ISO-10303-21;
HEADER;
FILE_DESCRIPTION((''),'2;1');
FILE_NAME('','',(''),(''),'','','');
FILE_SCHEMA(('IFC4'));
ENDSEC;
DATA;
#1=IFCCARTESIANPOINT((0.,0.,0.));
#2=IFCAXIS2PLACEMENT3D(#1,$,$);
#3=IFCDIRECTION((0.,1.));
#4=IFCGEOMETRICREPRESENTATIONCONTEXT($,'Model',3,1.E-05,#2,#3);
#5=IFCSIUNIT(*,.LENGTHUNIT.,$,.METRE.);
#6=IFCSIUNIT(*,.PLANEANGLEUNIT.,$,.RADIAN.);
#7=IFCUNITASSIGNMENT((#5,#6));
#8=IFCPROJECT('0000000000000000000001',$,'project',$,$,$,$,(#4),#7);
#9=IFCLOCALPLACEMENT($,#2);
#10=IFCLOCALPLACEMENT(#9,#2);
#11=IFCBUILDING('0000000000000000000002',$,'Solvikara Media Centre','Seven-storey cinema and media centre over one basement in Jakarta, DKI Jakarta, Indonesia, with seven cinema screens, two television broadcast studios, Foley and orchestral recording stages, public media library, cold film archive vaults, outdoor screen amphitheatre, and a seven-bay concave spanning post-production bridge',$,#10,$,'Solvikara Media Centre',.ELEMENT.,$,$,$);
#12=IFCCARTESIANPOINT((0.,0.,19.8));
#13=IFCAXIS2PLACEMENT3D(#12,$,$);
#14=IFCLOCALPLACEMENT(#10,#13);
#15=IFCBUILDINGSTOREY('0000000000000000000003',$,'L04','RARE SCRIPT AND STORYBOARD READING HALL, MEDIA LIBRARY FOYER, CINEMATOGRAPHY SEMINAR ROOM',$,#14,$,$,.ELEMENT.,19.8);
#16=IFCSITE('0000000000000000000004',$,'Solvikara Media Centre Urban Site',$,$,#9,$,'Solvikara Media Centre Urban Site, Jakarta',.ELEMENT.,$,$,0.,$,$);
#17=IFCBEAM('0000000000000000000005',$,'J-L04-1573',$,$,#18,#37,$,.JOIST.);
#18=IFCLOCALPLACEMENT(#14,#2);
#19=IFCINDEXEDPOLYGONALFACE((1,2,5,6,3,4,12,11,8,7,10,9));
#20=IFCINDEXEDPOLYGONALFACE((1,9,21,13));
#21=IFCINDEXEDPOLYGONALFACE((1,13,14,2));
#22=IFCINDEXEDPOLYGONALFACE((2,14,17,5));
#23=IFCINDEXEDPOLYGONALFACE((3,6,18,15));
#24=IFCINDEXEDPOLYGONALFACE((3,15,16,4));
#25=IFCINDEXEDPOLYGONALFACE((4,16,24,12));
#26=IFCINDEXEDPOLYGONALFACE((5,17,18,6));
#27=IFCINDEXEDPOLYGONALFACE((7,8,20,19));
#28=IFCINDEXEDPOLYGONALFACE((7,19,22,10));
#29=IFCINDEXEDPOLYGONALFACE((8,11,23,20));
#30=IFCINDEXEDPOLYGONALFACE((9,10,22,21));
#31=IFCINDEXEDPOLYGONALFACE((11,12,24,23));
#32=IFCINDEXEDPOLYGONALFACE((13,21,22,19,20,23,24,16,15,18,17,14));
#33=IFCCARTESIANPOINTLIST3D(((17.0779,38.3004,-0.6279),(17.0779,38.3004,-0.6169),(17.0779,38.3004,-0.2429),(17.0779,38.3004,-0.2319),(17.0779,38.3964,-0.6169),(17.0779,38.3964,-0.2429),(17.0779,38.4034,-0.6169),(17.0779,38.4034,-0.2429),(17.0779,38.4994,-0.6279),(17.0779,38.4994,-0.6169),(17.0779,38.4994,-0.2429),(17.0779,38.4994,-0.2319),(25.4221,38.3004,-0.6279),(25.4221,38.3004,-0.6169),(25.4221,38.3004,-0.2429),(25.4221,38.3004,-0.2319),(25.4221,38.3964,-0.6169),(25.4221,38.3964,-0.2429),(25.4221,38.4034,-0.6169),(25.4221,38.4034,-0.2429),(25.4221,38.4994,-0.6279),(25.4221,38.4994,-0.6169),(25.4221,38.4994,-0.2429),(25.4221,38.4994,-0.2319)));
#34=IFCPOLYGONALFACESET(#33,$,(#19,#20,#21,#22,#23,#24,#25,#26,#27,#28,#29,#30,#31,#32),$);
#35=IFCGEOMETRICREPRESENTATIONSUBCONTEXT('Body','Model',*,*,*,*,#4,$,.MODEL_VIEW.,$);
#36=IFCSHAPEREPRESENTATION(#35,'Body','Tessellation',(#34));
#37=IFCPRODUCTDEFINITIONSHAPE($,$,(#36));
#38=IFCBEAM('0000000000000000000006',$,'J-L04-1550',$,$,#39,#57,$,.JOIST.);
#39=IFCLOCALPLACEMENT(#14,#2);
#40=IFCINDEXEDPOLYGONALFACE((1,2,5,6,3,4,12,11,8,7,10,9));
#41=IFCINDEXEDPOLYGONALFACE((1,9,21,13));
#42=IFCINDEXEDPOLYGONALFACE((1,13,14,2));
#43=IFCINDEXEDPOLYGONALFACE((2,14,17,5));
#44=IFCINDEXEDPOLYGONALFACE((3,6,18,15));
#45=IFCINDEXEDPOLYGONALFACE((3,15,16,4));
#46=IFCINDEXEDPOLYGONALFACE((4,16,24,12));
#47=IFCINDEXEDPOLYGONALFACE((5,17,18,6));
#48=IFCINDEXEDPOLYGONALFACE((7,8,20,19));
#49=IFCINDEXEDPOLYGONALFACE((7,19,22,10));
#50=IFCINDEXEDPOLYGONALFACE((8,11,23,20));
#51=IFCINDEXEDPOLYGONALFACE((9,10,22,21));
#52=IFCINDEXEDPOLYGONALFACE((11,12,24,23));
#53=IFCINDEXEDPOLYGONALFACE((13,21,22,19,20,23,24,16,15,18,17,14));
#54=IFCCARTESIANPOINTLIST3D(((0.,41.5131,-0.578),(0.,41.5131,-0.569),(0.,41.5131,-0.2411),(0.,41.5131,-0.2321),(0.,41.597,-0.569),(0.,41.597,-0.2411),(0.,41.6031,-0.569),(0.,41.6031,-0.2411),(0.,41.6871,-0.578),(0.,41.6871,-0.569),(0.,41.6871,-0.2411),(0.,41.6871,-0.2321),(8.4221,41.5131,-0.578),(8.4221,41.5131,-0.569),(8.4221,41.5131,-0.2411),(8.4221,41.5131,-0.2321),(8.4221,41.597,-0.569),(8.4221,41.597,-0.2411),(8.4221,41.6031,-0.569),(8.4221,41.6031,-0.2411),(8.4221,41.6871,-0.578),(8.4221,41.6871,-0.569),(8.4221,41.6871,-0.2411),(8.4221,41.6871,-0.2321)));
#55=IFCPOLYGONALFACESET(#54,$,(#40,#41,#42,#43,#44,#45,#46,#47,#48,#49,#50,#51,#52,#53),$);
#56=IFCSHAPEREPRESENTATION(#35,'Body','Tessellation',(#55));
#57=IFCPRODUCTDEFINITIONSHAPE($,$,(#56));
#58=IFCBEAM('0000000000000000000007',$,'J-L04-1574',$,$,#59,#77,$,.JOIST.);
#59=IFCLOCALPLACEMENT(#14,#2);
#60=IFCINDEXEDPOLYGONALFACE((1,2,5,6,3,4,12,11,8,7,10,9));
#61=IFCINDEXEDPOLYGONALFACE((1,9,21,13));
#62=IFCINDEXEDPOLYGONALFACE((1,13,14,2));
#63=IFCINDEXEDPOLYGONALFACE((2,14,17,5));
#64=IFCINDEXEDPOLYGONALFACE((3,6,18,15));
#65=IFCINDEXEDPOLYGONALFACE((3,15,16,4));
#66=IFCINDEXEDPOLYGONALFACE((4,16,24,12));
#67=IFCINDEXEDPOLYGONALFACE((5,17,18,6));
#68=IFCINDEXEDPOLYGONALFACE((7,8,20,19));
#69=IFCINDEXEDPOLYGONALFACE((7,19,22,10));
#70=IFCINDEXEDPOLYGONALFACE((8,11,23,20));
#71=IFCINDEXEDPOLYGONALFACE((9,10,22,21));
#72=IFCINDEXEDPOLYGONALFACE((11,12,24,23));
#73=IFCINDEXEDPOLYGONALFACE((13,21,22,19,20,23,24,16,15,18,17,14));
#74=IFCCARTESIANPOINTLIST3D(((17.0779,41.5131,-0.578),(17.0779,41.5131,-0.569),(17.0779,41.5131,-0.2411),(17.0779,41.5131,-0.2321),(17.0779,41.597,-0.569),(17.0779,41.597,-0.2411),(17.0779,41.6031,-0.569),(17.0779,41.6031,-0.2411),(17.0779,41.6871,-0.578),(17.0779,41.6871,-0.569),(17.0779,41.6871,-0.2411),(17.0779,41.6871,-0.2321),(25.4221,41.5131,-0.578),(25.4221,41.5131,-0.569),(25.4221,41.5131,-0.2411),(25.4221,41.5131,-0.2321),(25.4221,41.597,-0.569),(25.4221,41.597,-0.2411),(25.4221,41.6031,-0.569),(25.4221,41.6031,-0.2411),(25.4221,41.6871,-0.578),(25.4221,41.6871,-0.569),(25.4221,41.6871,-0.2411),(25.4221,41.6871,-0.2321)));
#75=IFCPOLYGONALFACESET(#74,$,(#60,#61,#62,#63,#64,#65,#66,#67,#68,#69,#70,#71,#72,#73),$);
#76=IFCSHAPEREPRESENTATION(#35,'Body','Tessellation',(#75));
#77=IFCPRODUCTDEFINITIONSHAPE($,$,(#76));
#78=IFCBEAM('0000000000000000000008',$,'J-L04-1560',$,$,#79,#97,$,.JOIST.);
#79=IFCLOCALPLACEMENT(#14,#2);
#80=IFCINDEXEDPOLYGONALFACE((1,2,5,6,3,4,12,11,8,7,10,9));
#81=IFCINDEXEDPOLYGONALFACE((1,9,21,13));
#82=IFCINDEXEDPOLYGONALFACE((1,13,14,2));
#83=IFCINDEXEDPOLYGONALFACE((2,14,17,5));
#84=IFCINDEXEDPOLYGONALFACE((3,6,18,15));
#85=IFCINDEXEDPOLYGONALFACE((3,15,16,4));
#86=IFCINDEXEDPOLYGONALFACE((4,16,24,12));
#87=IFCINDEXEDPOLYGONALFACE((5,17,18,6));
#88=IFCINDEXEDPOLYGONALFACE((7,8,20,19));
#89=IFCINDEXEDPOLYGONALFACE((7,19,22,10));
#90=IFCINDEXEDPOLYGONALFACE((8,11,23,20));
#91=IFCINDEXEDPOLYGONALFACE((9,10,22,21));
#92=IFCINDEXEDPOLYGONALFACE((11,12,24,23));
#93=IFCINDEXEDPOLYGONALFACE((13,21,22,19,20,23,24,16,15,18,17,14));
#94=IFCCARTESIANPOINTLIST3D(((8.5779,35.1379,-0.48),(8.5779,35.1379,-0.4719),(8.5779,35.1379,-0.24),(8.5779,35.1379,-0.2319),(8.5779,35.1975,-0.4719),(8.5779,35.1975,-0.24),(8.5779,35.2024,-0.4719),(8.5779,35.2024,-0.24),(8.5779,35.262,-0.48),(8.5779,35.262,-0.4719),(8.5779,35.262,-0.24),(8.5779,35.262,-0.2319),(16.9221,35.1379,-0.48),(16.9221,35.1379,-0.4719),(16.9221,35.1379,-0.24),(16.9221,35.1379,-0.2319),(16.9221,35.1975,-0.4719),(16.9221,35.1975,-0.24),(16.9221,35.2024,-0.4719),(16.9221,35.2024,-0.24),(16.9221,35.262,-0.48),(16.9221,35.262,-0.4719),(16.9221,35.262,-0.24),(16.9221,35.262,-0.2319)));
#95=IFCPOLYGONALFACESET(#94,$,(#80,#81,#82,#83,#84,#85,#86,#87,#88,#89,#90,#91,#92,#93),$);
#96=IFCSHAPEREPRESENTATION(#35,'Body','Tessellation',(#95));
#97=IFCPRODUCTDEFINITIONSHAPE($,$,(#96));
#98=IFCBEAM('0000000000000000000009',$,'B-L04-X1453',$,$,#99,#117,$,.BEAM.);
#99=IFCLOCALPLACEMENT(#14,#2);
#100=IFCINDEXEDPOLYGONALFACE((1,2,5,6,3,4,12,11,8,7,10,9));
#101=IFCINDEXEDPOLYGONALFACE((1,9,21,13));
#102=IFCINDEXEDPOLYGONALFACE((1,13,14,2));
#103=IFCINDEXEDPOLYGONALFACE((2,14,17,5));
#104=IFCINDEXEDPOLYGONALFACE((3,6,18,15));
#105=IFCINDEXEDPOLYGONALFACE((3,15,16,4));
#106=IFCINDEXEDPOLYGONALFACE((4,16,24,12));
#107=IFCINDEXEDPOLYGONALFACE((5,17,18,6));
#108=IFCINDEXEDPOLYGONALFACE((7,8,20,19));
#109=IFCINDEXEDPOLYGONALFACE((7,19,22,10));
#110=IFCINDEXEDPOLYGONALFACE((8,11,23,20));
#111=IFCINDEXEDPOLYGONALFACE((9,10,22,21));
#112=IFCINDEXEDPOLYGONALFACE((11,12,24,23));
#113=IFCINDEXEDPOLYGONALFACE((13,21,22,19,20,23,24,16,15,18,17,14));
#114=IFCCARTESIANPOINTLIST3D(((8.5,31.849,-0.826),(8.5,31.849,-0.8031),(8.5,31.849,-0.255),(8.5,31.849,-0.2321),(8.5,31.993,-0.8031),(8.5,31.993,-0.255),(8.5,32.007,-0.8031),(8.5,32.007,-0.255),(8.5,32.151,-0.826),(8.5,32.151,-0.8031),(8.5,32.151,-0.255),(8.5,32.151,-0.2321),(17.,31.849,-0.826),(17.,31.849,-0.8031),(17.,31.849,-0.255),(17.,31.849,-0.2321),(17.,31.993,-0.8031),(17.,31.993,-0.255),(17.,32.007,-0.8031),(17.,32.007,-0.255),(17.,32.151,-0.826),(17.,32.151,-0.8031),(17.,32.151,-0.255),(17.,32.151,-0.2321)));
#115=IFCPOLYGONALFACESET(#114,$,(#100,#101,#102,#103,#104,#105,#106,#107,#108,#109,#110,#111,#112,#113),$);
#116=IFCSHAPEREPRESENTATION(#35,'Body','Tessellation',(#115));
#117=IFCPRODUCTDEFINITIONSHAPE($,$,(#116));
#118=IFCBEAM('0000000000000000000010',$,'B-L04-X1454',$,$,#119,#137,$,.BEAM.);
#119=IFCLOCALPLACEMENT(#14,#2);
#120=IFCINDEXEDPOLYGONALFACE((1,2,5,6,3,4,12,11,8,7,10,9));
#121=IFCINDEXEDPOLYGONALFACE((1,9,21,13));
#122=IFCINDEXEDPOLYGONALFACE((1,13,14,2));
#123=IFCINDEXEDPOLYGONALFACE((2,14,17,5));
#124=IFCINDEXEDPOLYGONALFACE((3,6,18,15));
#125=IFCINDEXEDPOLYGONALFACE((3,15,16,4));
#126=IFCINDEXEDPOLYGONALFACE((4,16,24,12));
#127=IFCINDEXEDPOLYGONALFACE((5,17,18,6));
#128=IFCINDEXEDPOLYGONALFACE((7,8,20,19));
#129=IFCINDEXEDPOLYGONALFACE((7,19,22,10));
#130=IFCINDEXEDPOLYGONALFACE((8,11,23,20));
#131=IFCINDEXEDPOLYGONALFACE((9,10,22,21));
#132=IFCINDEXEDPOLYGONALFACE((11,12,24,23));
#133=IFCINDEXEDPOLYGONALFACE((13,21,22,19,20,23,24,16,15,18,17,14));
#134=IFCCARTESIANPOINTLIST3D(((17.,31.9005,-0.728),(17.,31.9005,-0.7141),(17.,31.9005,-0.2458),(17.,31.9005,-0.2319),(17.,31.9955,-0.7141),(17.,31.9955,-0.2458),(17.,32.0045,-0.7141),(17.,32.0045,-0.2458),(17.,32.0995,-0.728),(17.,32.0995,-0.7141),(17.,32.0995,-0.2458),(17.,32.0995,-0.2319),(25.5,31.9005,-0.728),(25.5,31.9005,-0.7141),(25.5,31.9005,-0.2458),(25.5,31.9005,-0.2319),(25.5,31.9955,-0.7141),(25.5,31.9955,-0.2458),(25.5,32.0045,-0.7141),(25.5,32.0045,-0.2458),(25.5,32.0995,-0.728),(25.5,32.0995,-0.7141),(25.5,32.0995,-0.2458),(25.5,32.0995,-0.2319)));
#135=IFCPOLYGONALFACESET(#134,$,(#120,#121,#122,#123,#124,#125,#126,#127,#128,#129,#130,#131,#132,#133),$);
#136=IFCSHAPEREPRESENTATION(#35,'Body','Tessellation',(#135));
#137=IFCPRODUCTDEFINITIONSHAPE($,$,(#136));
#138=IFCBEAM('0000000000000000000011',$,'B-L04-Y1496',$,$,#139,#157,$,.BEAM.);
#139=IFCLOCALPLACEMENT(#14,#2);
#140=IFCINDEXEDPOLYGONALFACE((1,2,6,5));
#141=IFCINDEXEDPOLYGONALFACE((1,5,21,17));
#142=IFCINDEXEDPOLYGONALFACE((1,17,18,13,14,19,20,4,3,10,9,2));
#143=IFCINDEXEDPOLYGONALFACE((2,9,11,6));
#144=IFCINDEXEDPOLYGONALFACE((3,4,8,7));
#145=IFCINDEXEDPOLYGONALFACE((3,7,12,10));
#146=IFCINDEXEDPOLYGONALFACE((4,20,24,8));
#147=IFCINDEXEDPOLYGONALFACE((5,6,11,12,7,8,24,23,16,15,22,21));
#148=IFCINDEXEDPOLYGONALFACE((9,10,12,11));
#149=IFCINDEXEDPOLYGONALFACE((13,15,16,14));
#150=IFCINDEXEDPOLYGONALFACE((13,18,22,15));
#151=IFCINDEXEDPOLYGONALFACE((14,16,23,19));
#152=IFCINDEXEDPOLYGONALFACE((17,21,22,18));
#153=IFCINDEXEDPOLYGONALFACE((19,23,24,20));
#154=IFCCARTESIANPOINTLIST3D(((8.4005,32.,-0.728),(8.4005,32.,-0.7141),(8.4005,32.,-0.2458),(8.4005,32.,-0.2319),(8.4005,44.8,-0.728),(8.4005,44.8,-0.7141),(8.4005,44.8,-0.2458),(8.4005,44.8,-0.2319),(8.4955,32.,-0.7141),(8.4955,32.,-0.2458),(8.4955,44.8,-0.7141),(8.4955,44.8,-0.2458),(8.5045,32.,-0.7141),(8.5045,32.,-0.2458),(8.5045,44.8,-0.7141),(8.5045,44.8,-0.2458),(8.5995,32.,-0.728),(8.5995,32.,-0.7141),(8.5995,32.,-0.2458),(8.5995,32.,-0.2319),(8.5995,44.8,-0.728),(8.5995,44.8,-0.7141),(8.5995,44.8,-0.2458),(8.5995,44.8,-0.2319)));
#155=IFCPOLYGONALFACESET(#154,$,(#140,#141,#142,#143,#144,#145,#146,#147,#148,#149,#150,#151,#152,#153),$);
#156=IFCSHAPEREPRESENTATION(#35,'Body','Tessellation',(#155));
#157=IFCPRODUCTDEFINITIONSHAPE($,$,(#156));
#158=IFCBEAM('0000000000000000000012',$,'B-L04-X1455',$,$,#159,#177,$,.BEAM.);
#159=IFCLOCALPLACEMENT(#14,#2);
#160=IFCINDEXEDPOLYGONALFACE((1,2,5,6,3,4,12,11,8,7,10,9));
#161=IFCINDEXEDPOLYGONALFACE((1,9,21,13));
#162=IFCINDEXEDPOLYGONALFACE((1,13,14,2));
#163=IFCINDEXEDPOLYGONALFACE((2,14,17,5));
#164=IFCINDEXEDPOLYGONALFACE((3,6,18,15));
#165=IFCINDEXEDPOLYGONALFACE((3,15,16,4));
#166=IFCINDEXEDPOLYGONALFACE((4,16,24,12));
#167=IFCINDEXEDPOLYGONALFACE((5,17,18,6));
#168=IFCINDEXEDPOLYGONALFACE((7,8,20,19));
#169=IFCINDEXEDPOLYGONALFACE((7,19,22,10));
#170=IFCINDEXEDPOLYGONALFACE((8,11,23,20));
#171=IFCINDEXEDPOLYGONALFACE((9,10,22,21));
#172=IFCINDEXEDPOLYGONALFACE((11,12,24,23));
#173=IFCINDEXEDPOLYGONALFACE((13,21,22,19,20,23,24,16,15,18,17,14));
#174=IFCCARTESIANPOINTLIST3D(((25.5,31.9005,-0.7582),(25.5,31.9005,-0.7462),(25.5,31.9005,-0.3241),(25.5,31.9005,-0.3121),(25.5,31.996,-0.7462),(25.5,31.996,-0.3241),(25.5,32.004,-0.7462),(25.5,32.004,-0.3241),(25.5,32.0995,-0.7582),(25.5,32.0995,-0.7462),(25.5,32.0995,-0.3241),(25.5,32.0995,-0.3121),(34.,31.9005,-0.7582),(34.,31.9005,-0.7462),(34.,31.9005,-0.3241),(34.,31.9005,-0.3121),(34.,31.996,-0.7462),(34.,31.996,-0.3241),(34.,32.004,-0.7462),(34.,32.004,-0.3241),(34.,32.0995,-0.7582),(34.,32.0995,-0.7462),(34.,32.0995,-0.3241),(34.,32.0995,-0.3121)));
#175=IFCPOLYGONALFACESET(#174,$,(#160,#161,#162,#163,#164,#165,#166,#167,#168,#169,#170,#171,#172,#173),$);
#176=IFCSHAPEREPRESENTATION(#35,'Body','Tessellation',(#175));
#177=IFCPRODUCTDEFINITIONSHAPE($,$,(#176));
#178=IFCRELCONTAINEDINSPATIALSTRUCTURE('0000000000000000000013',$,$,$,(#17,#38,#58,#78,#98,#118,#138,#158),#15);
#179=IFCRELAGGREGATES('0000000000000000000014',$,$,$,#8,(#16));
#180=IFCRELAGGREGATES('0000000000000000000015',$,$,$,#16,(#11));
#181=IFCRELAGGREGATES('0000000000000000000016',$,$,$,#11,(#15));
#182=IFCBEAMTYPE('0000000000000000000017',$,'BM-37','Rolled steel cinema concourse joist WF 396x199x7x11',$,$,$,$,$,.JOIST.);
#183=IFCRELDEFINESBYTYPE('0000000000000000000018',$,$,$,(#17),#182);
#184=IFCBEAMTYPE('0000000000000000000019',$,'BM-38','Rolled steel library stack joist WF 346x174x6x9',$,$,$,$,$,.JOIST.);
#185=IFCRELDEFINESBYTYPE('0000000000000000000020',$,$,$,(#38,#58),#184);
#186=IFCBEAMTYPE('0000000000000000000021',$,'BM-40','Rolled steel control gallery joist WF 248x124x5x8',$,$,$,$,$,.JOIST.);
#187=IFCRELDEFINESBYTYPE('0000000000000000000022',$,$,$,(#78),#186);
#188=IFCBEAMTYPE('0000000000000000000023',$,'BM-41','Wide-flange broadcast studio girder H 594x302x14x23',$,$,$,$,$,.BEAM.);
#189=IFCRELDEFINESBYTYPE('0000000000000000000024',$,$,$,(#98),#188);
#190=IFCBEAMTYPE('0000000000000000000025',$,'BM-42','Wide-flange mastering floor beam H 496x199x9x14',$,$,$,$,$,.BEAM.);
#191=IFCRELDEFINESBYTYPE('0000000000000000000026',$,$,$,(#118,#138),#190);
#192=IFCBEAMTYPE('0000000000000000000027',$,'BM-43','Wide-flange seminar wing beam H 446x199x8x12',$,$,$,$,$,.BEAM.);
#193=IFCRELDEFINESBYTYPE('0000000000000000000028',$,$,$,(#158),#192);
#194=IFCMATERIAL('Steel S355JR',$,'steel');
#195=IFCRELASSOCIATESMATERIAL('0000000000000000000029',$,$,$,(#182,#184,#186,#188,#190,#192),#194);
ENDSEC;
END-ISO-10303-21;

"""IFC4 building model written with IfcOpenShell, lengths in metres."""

from ifc_helpers import new_model, si_unit, direction, frame, origin, origin_2d, place, context, subcontext, project, spatial, i_section, extrude, material, material_profile, profile_set, type_object, element, save


model = new_model("IFC4")

# Units and contexts
model_context = context("Model", 3, precision=1e-05, world=origin(), true_north=direction((0.0, 1.0)))
body_context = subcontext(model_context, "Body", "Model", "MODEL_VIEW")
ifc_project = project(units=[si_unit("LENGTHUNIT", "METRE"), si_unit("PLANEANGLEUNIT", "RADIAN")], contexts=[model_context])

# Site, building, storey
site_placement = place(None, origin())
site = spatial("IfcSite", under=ifc_project, at=site_placement, Name="Solvikara Media Centre Urban Site", LongName="Solvikara Media Centre Urban Site, Jakarta", CompositionType="ELEMENT", RefElevation=0.0)
building_placement = place(site_placement, origin())
building = spatial("IfcBuilding", under=site, at=building_placement, Name="Solvikara Media Centre", Description="Seven-storey cinema and media centre over one basement in Jakarta, DKI Jakarta, Indonesia, with seven cinema screens, two television broadcast studios, Foley and orchestral recording stages, public media library, cold film archive vaults, outdoor screen amphitheatre, and a seven-bay concave spanning post-production bridge", LongName="Solvikara Media Centre", CompositionType="ELEMENT")
storey_placement = place(building_placement, frame((0.0, 0.0, 19.8)))
storey = spatial("IfcBuildingStorey", under=building, at=storey_placement, Name="L04", Description="RARE SCRIPT AND STORYBOARD READING HALL, MEDIA LIBRARY FOYER, CINEMATOGRAPHY SEMINAR ROOM", CompositionType="ELEMENT", Elevation=19.8)

# Beams
ifc_material_1 = material(Name="Steel S355JR", Category="steel")
ifc_material_profile_1 = material_profile(ifc_material_1, i_section(OverallWidth=0.199, OverallDepth=0.396, WebThickness=0.0071, FlangeThickness=0.011, at=origin_2d()), Name="WF 396x199x7x11")
ifc_profile_set_1 = profile_set([ifc_material_profile_1], Name="Steel S355JR")
beam_type_1 = type_object("IfcBeamType", Name="BM-37", Description="Rolled steel cinema concourse joist WF 396x199x7x11", PredefinedType="JOIST", material=ifc_profile_set_1)
beam_1_placement = place(storey_placement, frame((17.0779, 38.3999, -0.4299), z_axis=(1.0, 0.0, 0.0), x_axis=(0.0, 1.0, 0.0)))
element("IfcBeam", 1, at=beam_1_placement, inside=storey, type_object=beam_type_1, Name="J-L04-1573", PredefinedType="JOIST", context=body_context, shape_type="SweptSolid", body=[
    extrude(i_section(OverallWidth=0.199, OverallDepth=0.396, WebThickness=0.0071, FlangeThickness=0.011, at=origin_2d()), origin(), (0.0, 0.0, 1.0), 8.3442),
])
ifc_material_profile_2 = material_profile(ifc_material_1, i_section(OverallWidth=0.1741, OverallDepth=0.3459, WebThickness=0.0061, FlangeThickness=0.009, at=origin_2d()), Name="WF 346x174x6x9")
ifc_profile_set_2 = profile_set([ifc_material_profile_2], Name="Steel S355JR")
beam_type_2 = type_object("IfcBeamType", Name="BM-38", Description="Rolled steel library stack joist WF 346x174x6x9", PredefinedType="JOIST", material=ifc_profile_set_2)
beam_2_placement = place(storey_placement, frame((0.0, 41.6001, -0.405), z_axis=(1.0, 0.0, 0.0), x_axis=(0.0, 1.0, 0.0)))
element("IfcBeam", 2, at=beam_2_placement, inside=storey, type_object=beam_type_2, Name="J-L04-1550", PredefinedType="JOIST", context=body_context, shape_type="SweptSolid", body=[
    extrude(i_section(OverallWidth=0.1741, OverallDepth=0.3459, WebThickness=0.0061, FlangeThickness=0.009, at=origin_2d()), origin(), (0.0, 0.0, 1.0), 8.4221),
])
beam_3_placement = place(storey_placement, frame((17.0779, 41.6001, -0.405), z_axis=(1.0, 0.0, 0.0), x_axis=(0.0, 1.0, 0.0)))
element("IfcBeam", 3, at=beam_3_placement, inside=storey, type_object=beam_type_2, Name="J-L04-1574", PredefinedType="JOIST", context=body_context, shape_type="SweptSolid", body=[
    extrude(i_section(OverallWidth=0.1741, OverallDepth=0.3459, WebThickness=0.0061, FlangeThickness=0.009, at=origin_2d()), origin(), (0.0, 0.0, 1.0), 8.3442),
])
ifc_material_profile_3 = material_profile(ifc_material_1, i_section(OverallWidth=0.124, OverallDepth=0.248, WebThickness=0.0049, FlangeThickness=0.0081, at=origin_2d()), Name="WF 248x124x5x8")
ifc_profile_set_3 = profile_set([ifc_material_profile_3], Name="Steel S355JR")
beam_type_3 = type_object("IfcBeamType", Name="BM-40", Description="Rolled steel control gallery joist WF 248x124x5x8", PredefinedType="JOIST", material=ifc_profile_set_3)
beam_4_placement = place(storey_placement, frame((8.5779, 35.2, -0.356), z_axis=(1.0, 0.0, 0.0), x_axis=(0.0, 1.0, 0.0)))
element("IfcBeam", 4, at=beam_4_placement, inside=storey, type_object=beam_type_3, Name="J-L04-1560", PredefinedType="JOIST", context=body_context, shape_type="SweptSolid", body=[
    extrude(i_section(OverallWidth=0.124, OverallDepth=0.248, WebThickness=0.0049, FlangeThickness=0.0081, at=origin_2d()), origin(), (0.0, 0.0, 1.0), 8.3442),
])
ifc_material_profile_4 = material_profile(ifc_material_1, i_section(OverallWidth=0.302, OverallDepth=0.594, WebThickness=0.0139, FlangeThickness=0.0229, at=origin_2d()), Name="H 594x302x14x23")
ifc_profile_set_4 = profile_set([ifc_material_profile_4], Name="Steel S355JR")
beam_type_4 = type_object("IfcBeamType", Name="BM-41", Description="Wide-flange broadcast studio girder H 594x302x14x23", PredefinedType="BEAM", material=ifc_profile_set_4)
beam_5_placement = place(storey_placement, frame((8.5, 32.0, -0.5291), z_axis=(1.0, 0.0, 0.0), x_axis=(0.0, 1.0, 0.0)))
element("IfcBeam", 5, at=beam_5_placement, inside=storey, type_object=beam_type_4, Name="B-L04-X1453", PredefinedType="BEAM", context=body_context, shape_type="SweptSolid", body=[
    extrude(i_section(OverallWidth=0.302, OverallDepth=0.594, WebThickness=0.0139, FlangeThickness=0.0229, at=origin_2d()), origin(), (0.0, 0.0, 1.0), 8.5),
])
ifc_material_profile_5 = material_profile(ifc_material_1, i_section(OverallWidth=0.199, OverallDepth=0.4961, WebThickness=0.009, FlangeThickness=0.0139, at=origin_2d()), Name="H 496x199x9x14")
ifc_profile_set_5 = profile_set([ifc_material_profile_5], Name="Steel S355JR")
beam_type_5 = type_object("IfcBeamType", Name="BM-42", Description="Wide-flange mastering floor beam H 496x199x9x14", PredefinedType="BEAM", material=ifc_profile_set_5)
beam_6_placement = place(storey_placement, frame((17.0, 32.0, -0.48), z_axis=(1.0, 0.0, 0.0), x_axis=(0.0, 1.0, 0.0)))
element("IfcBeam", 6, at=beam_6_placement, inside=storey, type_object=beam_type_5, Name="B-L04-X1454", PredefinedType="BEAM", context=body_context, shape_type="SweptSolid", body=[
    extrude(i_section(OverallWidth=0.199, OverallDepth=0.4961, WebThickness=0.009, FlangeThickness=0.0139, at=origin_2d()), origin(), (0.0, 0.0, 1.0), 8.5),
])
beam_7_placement = place(storey_placement, frame((8.5, 32.0, -0.48), z_axis=(0.0, 1.0, 0.0), x_axis=(-1.0, 0.0, 0.0)))
element("IfcBeam", 7, at=beam_7_placement, inside=storey, type_object=beam_type_5, Name="B-L04-Y1496", PredefinedType="BEAM", context=body_context, shape_type="SweptSolid", body=[
    extrude(i_section(OverallWidth=0.199, OverallDepth=0.4961, WebThickness=0.009, FlangeThickness=0.0139, at=origin_2d()), origin(), (0.0, 0.0, 1.0), 12.8),
])
ifc_material_profile_6 = material_profile(ifc_material_1, i_section(OverallWidth=0.199, OverallDepth=0.446, WebThickness=0.0081, FlangeThickness=0.012, at=origin_2d()), Name="H 446x199x8x12")
ifc_profile_set_6 = profile_set([ifc_material_profile_6], Name="Steel S355JR")
beam_type_6 = type_object("IfcBeamType", Name="BM-43", Description="Wide-flange seminar wing beam H 446x199x8x12", PredefinedType="BEAM", material=ifc_profile_set_6)
beam_8_placement = place(storey_placement, frame((25.5, 32.0, -0.5352), z_axis=(1.0, 0.0, 0.0), x_axis=(0.0, 1.0, 0.0)))
element("IfcBeam", 8, at=beam_8_placement, inside=storey, type_object=beam_type_6, Name="B-L04-X1455", PredefinedType="BEAM", context=body_context, shape_type="SweptSolid", body=[
    extrude(i_section(OverallWidth=0.199, OverallDepth=0.446, WebThickness=0.0081, FlangeThickness=0.012, at=origin_2d()), origin(), (0.0, 0.0, 1.0), 8.5),
])

save(model, "model.ifc")
